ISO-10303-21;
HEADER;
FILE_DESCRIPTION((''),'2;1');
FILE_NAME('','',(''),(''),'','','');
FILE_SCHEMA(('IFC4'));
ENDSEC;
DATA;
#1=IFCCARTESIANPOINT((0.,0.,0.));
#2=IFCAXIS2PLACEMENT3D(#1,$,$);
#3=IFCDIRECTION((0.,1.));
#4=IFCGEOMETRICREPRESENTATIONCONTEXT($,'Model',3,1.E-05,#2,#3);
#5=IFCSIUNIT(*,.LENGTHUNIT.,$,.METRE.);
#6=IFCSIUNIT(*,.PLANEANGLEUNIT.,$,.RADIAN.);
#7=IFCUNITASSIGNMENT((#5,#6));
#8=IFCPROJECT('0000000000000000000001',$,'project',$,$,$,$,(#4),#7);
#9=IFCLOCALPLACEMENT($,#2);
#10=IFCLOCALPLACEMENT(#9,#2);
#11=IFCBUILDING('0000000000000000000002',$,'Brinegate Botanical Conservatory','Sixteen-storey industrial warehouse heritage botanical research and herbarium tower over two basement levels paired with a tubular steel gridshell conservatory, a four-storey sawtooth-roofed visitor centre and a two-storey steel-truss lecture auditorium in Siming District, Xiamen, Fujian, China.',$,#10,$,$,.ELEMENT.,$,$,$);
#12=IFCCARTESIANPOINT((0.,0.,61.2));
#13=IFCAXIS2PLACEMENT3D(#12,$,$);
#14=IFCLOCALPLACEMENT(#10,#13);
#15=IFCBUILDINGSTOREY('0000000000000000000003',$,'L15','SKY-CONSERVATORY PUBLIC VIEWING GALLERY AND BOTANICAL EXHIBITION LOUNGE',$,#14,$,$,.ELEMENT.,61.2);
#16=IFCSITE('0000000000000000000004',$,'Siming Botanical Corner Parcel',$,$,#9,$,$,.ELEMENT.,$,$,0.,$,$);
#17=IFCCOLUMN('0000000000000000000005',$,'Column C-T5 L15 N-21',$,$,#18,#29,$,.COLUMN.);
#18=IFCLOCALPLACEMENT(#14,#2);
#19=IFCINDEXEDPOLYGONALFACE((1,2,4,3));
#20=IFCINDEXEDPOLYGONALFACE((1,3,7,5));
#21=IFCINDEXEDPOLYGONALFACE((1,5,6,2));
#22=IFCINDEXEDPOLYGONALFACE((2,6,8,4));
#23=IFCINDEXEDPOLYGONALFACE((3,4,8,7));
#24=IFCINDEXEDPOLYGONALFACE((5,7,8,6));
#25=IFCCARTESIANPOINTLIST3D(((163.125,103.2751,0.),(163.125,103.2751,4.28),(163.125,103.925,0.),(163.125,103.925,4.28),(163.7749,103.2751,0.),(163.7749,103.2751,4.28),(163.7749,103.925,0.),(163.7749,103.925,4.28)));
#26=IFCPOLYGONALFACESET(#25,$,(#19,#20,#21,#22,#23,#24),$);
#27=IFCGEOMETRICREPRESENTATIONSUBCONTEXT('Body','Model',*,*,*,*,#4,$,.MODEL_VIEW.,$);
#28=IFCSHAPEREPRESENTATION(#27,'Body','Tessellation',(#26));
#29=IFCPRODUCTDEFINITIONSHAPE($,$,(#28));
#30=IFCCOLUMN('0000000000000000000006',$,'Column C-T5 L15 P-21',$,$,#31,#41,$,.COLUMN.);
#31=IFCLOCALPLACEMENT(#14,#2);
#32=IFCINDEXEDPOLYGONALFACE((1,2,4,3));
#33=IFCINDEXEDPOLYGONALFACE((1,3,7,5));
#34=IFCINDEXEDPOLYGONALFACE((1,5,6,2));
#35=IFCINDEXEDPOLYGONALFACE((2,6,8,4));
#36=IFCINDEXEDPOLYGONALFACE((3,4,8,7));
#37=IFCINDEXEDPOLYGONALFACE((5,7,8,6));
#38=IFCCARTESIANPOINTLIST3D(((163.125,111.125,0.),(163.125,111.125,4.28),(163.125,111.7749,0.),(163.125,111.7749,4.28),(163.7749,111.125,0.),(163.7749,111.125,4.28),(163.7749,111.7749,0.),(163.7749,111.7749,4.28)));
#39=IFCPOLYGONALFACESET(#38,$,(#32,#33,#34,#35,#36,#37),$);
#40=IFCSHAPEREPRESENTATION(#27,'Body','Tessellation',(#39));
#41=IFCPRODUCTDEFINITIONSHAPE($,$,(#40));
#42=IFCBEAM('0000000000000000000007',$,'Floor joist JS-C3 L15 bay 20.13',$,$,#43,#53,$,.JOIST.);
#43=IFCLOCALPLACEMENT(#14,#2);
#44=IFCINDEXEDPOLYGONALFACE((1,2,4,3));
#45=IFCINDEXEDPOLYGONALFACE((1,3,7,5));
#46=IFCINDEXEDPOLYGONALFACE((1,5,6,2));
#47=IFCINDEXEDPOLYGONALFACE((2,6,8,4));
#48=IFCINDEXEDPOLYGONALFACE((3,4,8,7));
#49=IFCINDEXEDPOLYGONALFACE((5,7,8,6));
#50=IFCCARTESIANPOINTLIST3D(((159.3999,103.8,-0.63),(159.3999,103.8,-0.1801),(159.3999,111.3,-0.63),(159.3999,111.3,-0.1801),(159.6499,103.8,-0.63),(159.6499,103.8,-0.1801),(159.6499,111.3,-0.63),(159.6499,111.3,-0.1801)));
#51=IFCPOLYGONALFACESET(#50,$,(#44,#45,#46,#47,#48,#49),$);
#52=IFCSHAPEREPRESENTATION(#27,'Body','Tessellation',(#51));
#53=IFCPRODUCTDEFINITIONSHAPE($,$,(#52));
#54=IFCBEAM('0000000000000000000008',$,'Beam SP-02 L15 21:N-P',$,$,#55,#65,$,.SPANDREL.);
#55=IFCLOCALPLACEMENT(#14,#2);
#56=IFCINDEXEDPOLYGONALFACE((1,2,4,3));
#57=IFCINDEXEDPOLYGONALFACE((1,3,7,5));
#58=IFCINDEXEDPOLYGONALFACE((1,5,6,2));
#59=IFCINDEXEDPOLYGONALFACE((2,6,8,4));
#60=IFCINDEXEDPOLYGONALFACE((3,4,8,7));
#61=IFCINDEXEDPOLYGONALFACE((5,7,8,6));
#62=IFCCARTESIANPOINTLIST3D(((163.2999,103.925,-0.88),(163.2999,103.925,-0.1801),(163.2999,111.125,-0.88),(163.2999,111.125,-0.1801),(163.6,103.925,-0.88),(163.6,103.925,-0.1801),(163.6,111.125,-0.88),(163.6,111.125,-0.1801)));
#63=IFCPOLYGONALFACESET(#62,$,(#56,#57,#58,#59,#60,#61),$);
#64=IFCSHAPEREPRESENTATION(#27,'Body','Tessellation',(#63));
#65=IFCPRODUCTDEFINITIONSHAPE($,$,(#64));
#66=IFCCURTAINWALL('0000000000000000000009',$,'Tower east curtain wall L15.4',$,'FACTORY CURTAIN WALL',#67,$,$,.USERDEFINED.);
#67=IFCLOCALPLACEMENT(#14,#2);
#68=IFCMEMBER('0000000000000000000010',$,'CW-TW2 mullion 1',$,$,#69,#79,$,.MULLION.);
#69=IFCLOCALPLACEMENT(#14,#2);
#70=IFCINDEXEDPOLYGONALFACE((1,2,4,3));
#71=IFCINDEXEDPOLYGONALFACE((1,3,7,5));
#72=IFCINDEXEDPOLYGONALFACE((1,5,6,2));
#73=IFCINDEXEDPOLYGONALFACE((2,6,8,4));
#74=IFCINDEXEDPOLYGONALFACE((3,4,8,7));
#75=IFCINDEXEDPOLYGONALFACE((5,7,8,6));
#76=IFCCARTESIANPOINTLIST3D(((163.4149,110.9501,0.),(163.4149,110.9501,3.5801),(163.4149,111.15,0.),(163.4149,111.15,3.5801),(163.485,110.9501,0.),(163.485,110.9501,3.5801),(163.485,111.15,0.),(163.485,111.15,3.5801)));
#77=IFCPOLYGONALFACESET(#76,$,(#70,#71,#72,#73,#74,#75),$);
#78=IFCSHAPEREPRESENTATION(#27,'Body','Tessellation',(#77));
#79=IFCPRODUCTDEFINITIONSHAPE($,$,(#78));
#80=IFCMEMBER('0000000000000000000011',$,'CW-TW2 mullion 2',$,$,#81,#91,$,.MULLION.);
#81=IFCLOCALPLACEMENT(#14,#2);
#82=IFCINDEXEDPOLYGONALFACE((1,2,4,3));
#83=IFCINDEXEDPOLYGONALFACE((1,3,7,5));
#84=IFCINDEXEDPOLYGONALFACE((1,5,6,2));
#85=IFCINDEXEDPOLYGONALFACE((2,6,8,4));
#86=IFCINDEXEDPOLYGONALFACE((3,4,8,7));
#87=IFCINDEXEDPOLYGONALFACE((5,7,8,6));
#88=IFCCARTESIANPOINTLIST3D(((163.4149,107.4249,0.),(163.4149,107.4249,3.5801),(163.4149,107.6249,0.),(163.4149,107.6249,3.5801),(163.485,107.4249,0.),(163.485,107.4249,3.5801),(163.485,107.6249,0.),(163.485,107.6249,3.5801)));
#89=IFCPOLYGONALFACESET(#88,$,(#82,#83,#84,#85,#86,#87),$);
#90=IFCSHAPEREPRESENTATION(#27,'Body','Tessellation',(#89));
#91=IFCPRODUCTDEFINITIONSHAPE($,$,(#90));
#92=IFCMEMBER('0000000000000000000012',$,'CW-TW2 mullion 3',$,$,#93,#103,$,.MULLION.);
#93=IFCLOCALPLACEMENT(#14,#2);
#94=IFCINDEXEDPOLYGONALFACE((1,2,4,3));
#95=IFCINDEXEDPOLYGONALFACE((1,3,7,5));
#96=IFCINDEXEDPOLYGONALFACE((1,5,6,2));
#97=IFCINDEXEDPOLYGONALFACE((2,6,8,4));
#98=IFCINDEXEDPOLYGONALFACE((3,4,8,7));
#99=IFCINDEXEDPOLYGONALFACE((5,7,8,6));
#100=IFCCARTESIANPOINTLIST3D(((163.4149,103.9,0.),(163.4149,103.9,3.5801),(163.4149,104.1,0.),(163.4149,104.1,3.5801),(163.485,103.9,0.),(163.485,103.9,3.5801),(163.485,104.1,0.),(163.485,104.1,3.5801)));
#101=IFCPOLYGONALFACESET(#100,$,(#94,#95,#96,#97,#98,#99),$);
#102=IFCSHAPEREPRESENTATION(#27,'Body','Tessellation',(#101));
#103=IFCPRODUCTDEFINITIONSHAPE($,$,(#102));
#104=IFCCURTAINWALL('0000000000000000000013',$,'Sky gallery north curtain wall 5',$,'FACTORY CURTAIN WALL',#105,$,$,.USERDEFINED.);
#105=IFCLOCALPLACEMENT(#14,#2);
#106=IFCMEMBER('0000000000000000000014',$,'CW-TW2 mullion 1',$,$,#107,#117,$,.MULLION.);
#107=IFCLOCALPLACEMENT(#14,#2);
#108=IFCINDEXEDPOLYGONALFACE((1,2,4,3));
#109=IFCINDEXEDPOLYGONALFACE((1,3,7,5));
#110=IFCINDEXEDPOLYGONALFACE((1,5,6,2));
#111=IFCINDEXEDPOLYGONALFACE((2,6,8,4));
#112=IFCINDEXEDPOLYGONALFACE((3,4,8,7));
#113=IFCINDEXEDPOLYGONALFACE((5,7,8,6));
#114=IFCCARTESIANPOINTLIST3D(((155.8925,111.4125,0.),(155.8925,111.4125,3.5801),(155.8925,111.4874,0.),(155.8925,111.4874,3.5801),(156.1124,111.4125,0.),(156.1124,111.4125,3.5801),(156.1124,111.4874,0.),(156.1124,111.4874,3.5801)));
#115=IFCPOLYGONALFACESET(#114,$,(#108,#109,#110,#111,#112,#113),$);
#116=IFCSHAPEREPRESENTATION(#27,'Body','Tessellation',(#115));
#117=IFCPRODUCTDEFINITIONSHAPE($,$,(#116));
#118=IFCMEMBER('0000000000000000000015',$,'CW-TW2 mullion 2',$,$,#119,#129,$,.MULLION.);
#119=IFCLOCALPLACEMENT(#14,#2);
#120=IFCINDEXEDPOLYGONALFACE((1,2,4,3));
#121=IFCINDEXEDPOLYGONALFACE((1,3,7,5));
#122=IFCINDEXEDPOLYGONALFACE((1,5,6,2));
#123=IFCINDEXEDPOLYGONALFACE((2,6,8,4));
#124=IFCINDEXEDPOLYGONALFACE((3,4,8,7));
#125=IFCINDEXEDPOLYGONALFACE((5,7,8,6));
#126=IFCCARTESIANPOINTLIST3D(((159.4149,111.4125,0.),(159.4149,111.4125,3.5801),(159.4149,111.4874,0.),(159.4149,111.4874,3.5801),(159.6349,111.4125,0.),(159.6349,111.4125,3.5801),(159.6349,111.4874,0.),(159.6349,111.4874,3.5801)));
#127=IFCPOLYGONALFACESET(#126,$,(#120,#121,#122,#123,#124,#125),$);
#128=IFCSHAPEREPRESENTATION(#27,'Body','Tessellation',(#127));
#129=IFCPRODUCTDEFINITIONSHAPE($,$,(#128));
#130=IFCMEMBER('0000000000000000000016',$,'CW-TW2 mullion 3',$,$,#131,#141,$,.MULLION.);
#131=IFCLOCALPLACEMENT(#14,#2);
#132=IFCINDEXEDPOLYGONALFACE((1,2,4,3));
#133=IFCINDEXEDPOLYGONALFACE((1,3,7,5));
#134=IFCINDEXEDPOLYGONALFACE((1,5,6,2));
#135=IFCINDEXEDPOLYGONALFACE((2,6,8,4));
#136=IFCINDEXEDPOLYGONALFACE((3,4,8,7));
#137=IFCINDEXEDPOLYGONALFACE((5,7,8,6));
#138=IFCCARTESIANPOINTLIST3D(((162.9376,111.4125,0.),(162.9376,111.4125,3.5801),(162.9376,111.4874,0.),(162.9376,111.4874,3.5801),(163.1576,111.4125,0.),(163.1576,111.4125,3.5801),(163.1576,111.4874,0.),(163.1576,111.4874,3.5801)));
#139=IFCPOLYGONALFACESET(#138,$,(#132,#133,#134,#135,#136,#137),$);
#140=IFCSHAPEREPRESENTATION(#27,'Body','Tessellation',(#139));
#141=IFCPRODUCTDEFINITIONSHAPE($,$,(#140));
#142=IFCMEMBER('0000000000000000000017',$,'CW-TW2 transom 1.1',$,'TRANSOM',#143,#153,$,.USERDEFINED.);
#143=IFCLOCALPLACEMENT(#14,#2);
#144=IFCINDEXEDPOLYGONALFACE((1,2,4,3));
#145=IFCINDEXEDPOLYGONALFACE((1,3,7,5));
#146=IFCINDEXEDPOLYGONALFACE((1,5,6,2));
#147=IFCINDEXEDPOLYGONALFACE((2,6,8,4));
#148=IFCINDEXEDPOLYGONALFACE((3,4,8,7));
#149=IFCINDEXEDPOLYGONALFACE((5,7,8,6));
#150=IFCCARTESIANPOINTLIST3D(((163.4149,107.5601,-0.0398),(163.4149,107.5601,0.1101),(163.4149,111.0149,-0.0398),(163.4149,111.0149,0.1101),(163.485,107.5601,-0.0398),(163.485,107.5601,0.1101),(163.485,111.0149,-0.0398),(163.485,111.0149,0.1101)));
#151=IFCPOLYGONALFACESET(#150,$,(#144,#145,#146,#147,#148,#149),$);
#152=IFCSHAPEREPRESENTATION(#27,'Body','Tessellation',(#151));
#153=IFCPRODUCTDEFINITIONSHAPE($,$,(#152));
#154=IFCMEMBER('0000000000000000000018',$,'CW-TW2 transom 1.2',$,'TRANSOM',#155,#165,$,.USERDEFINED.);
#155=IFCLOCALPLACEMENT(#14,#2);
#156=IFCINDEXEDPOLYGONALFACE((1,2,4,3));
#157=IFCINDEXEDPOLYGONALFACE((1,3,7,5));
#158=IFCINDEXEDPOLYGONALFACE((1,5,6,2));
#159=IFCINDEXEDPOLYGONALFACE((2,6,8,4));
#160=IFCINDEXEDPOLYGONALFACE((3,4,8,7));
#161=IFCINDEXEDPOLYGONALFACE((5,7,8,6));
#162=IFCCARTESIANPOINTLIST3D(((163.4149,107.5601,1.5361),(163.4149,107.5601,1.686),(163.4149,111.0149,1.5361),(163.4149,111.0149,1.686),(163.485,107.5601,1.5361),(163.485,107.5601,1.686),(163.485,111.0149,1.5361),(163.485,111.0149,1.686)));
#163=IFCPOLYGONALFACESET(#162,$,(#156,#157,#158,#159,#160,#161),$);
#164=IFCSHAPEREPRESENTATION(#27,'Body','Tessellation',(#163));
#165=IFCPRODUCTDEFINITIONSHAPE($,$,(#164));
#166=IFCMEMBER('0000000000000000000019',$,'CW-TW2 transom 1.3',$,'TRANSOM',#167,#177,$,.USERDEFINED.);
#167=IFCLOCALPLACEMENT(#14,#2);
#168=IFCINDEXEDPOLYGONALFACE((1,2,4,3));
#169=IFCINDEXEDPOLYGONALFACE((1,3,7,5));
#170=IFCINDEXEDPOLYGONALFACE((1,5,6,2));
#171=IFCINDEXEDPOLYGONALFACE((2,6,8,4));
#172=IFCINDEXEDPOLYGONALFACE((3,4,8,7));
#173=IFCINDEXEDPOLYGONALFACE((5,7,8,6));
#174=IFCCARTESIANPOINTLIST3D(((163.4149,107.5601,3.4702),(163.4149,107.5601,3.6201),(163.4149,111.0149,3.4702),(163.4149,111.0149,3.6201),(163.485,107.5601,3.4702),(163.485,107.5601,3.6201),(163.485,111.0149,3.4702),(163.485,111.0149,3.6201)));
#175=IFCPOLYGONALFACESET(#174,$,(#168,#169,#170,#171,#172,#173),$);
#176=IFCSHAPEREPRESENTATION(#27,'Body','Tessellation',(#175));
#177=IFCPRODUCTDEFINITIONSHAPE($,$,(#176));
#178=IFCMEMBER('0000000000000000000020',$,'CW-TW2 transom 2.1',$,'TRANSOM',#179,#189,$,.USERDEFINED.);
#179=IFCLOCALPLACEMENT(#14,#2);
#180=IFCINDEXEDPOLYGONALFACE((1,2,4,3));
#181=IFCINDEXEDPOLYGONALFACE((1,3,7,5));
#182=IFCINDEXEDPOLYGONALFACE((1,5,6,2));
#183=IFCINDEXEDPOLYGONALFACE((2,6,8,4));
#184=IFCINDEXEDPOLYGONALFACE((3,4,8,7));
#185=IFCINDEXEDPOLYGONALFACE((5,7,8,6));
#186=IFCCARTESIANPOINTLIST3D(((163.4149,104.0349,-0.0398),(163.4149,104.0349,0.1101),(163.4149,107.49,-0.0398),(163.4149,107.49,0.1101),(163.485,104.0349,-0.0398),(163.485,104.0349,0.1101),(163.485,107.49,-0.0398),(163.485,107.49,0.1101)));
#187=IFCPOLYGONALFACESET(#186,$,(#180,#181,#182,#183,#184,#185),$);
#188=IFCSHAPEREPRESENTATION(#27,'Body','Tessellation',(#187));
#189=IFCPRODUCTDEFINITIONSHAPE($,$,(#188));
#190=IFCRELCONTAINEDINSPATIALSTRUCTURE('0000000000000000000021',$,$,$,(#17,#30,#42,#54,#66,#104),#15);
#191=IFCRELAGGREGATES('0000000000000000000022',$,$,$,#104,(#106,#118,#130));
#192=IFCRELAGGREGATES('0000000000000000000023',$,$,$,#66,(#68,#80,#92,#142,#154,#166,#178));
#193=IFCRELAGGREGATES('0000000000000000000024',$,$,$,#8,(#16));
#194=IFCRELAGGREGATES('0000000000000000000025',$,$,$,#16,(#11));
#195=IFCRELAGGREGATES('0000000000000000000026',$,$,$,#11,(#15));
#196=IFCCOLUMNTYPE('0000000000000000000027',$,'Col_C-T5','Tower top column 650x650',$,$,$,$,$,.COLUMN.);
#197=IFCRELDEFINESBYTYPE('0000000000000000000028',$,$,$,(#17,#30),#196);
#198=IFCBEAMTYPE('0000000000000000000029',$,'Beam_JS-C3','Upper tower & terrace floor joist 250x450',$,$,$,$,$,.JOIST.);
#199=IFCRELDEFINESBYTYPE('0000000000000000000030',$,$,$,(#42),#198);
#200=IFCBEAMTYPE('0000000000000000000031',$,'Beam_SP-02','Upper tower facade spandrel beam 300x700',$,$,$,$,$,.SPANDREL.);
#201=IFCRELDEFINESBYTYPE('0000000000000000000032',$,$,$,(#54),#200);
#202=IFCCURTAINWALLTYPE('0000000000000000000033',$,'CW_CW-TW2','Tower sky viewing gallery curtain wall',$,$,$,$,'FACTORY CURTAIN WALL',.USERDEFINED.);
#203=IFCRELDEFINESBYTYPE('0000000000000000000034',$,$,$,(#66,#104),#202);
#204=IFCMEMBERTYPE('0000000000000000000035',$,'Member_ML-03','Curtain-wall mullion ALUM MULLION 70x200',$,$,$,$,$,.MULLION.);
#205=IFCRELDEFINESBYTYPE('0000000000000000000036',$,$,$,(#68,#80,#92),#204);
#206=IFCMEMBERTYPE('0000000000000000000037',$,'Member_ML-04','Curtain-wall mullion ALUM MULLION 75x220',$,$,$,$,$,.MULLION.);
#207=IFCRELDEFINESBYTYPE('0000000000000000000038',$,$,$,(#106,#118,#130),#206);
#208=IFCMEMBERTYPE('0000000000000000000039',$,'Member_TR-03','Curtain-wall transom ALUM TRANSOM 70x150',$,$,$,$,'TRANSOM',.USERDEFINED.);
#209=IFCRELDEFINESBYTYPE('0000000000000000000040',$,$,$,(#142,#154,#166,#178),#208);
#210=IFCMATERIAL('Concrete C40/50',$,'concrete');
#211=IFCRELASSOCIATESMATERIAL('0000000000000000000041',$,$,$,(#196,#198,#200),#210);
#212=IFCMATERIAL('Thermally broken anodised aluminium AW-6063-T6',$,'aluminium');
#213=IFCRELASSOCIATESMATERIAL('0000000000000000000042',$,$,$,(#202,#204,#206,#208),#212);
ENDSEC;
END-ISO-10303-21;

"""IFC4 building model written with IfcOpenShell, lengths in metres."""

from ifc_helpers import new_model, si_unit, direction, frame, origin, origin_2d, place, context, subcontext, project, spatial, rectangle, extrude, material, material_profile, profile_set, type_object, element, aggregate, save


model = new_model("IFC4")

# Units and contexts
model_context = context("Model", 3, precision=1e-05, world=origin(), true_north=direction((0.0, 1.0)))
body_context = subcontext(model_context, "Body", "Model", "MODEL_VIEW")
ifc_project = project(units=[si_unit("LENGTHUNIT", "METRE"), si_unit("PLANEANGLEUNIT", "RADIAN")], contexts=[model_context])

# Site, building, storey
site_placement = place(None, origin())
site = spatial("IfcSite", under=ifc_project, at=site_placement, Name="Siming Botanical Corner Parcel", CompositionType="ELEMENT", RefElevation=0.0)
building_placement = place(site_placement, origin())
building = spatial("IfcBuilding", under=site, at=building_placement, Name="Brinegate Botanical Conservatory", Description="Sixteen-storey industrial warehouse heritage botanical research and herbarium tower over two basement levels paired with a tubular steel gridshell conservatory, a four-storey sawtooth-roofed visitor centre and a two-storey steel-truss lecture auditorium in Siming District, Xiamen, Fujian, China.", CompositionType="ELEMENT")
storey_placement = place(building_placement, frame((0.0, 0.0, 61.2)))
storey = spatial("IfcBuildingStorey", under=building, at=storey_placement, Name="L15", Description="SKY-CONSERVATORY PUBLIC VIEWING GALLERY AND BOTANICAL EXHIBITION LOUNGE", CompositionType="ELEMENT", Elevation=61.2)

# Columns
ifc_material_1 = material(Name="Concrete C40/50", Category="concrete")
ifc_material_profile_1 = material_profile(ifc_material_1, rectangle(XDim=0.6499, YDim=0.6499, at=origin_2d()), Name="RC COL 650x650")
ifc_profile_set_1 = profile_set([ifc_material_profile_1], Name="Concrete C40/50")
column_type = type_object("IfcColumnType", Name="Col_C-T5", Description="Tower top column 650x650", PredefinedType="COLUMN", material=ifc_profile_set_1)
for number, where, z_axis, x_axis, name in (
    (1, (163.45, 103.6001, 0.0), (0.0, 0.0, 1.0), (1.0, 0.0, 0.0), "Column C-T5 L15 N-21"),
    (2, (163.45, 111.45, 0.0), (0.0, 0.0, 1.0), (1.0, 0.0, 0.0), "Column C-T5 L15 P-21"),
):
    element("IfcColumn", number, at=place(storey_placement, frame(where, z_axis=z_axis, x_axis=x_axis)), inside=storey, type_object=column_type, Name=name, PredefinedType="COLUMN", context=body_context, shape_type="SweptSolid", body=[
        extrude(rectangle(XDim=0.6499, YDim=0.6499, at=origin_2d()), origin(), (0.0, 0.0, 1.0), 4.28),
    ])

# Beams
ifc_material_profile_2 = material_profile(ifc_material_1, rectangle(XDim=0.25, YDim=0.45, at=origin_2d()), Name="RC JST 250x450")
ifc_profile_set_2 = profile_set([ifc_material_profile_2], Name="Concrete C40/50")
beam_type_1 = type_object("IfcBeamType", Name="Beam_JS-C3", Description="Upper tower & terrace floor joist 250x450", PredefinedType="JOIST", material=ifc_profile_set_2)
beam_1_placement = place(storey_placement, frame((159.5249, 103.8, -0.405), z_axis=(0.0, 1.0, 0.0), x_axis=(-1.0, 0.0, 0.0)))
element("IfcBeam", 3, at=beam_1_placement, inside=storey, type_object=beam_type_1, Name="Floor joist JS-C3 L15 bay 20.13", PredefinedType="JOIST", context=body_context, shape_type="SweptSolid", body=[
    extrude(rectangle(XDim=0.25, YDim=0.45, at=origin_2d()), origin(), (0.0, 0.0, 1.0), 7.5),
])
ifc_material_profile_3 = material_profile(ifc_material_1, rectangle(XDim=0.3, YDim=0.7, at=origin_2d()), Name="RC SPN 300x700")
ifc_profile_set_3 = profile_set([ifc_material_profile_3], Name="Concrete C40/50")
beam_type_2 = type_object("IfcBeamType", Name="Beam_SP-02", Description="Upper tower facade spandrel beam 300x700", PredefinedType="SPANDREL", material=ifc_profile_set_3)
beam_2_placement = place(storey_placement, frame((163.45, 103.925, -0.53), z_axis=(0.0, 1.0, 0.0), x_axis=(-1.0, 0.0, 0.0)))
element("IfcBeam", 4, at=beam_2_placement, inside=storey, type_object=beam_type_2, Name="Beam SP-02 L15 21:N-P", PredefinedType="SPANDREL", context=body_context, shape_type="SweptSolid", body=[
    extrude(rectangle(XDim=0.3, YDim=0.7, at=origin_2d()), origin(), (0.0, 0.0, 1.0), 7.2),
])

# Curtain walls, members
ifc_material_2 = material(Name="Thermally broken anodised aluminium AW-6063-T6", Category="aluminium")
curtain_wall_type = type_object("IfcCurtainWallType", Name="CW_CW-TW2", Description="Tower sky viewing gallery curtain wall", ElementType="FACTORY CURTAIN WALL", PredefinedType="USERDEFINED", material=ifc_material_2)
curtain_wall_1_placement = place(storey_placement, origin())
curtain_wall_1 = element("IfcCurtainWall", 5, at=curtain_wall_1_placement, inside=storey, type_object=curtain_wall_type, Name="Tower east curtain wall L15.4", ObjectType="FACTORY CURTAIN WALL", PredefinedType="USERDEFINED")
ifc_material_profile_4 = material_profile(ifc_material_2, rectangle(XDim=0.0701, YDim=0.2, at=origin_2d()), Name="ALUM MULLION 70x200")
ifc_profile_set_4 = profile_set([ifc_material_profile_4], Name="Thermally broken anodised aluminium AW-6063-T6")
member_type_1 = type_object("IfcMemberType", Name="Member_ML-03", Description="Curtain-wall mullion ALUM MULLION 70x200", PredefinedType="MULLION", material=ifc_profile_set_4)
member_1_placement = place(storey_placement, frame((163.45, 111.05, 0.0), z_axis=(0.0, 0.0, 1.0), x_axis=(1.0, 0.0, 0.0)))
member_1 = element("IfcMember", 6, at=member_1_placement, type_object=member_type_1, Name="CW-TW2 mullion 1", PredefinedType="MULLION", context=body_context, shape_type="SweptSolid", body=[
    extrude(rectangle(XDim=0.0701, YDim=0.2, at=origin_2d()), origin(), (0.0, 0.0, 1.0), 3.5801),
])
member_2_placement = place(storey_placement, frame((163.45, 107.5249, 0.0), z_axis=(0.0, 0.0, 1.0), x_axis=(1.0, 0.0, 0.0)))
member_2 = element("IfcMember", 7, at=member_2_placement, type_object=member_type_1, Name="CW-TW2 mullion 2", PredefinedType="MULLION", context=body_context, shape_type="SweptSolid", body=[
    extrude(rectangle(XDim=0.0701, YDim=0.2, at=origin_2d()), origin(), (0.0, 0.0, 1.0), 3.5801),
])
member_3_placement = place(storey_placement, frame((163.45, 104.0, 0.0), z_axis=(0.0, 0.0, 1.0), x_axis=(1.0, 0.0, 0.0)))
member_3 = element("IfcMember", 8, at=member_3_placement, type_object=member_type_1, Name="CW-TW2 mullion 3", PredefinedType="MULLION", context=body_context, shape_type="SweptSolid", body=[
    extrude(rectangle(XDim=0.0701, YDim=0.2, at=origin_2d()), origin(), (0.0, 0.0, 1.0), 3.5801),
])
curtain_wall_2_placement = place(storey_placement, origin())
curtain_wall_2 = element("IfcCurtainWall", 9, at=curtain_wall_2_placement, inside=storey, type_object=curtain_wall_type, Name="Sky gallery north curtain wall 5", ObjectType="FACTORY CURTAIN WALL", PredefinedType="USERDEFINED")
ifc_material_profile_5 = material_profile(ifc_material_2, rectangle(XDim=0.075, YDim=0.22, at=origin_2d()), Name="ALUM MULLION 75x220")
ifc_profile_set_5 = profile_set([ifc_material_profile_5], Name="Thermally broken anodised aluminium AW-6063-T6")
member_type_2 = type_object("IfcMemberType", Name="Member_ML-04", Description="Curtain-wall mullion ALUM MULLION 75x220", PredefinedType="MULLION", material=ifc_profile_set_5)
member_4_placement = place(storey_placement, frame((156.0024, 111.45, 0.0), z_axis=(0.0, 0.0, 1.0), x_axis=(0.0, 1.0, 0.0)))
member_4 = element("IfcMember", 10, at=member_4_placement, type_object=member_type_2, Name="CW-TW2 mullion 1", PredefinedType="MULLION", context=body_context, shape_type="SweptSolid", body=[
    extrude(rectangle(XDim=0.075, YDim=0.22, at=origin_2d()), origin(), (0.0, 0.0, 1.0), 3.5801),
])
member_5_placement = place(storey_placement, frame((159.5249, 111.45, 0.0), z_axis=(0.0, 0.0, 1.0), x_axis=(0.0, 1.0, 0.0)))
member_5 = element("IfcMember", 11, at=member_5_placement, type_object=member_type_2, Name="CW-TW2 mullion 2", PredefinedType="MULLION", context=body_context, shape_type="SweptSolid", body=[
    extrude(rectangle(XDim=0.075, YDim=0.22, at=origin_2d()), origin(), (0.0, 0.0, 1.0), 3.5801),
])
member_6_placement = place(storey_placement, frame((163.0476, 111.45, 0.0), z_axis=(0.0, 0.0, 1.0), x_axis=(0.0, 1.0, 0.0)))
member_6 = element("IfcMember", 12, at=member_6_placement, type_object=member_type_2, Name="CW-TW2 mullion 3", PredefinedType="MULLION", context=body_context, shape_type="SweptSolid", body=[
    extrude(rectangle(XDim=0.075, YDim=0.22, at=origin_2d()), origin(), (0.0, 0.0, 1.0), 3.5801),
])

# Members
ifc_material_profile_6 = material_profile(ifc_material_2, rectangle(XDim=0.0701, YDim=0.1499, at=origin_2d()), Name="ALUM TRANSOM 70x150")
ifc_profile_set_6 = profile_set([ifc_material_profile_6], Name="Thermally broken anodised aluminium AW-6063-T6")
member_type_3 = type_object("IfcMemberType", Name="Member_TR-03", Description="Curtain-wall transom ALUM TRANSOM 70x150", ElementType="TRANSOM", PredefinedType="USERDEFINED", material=ifc_profile_set_6)
member_7_placement = place(storey_placement, frame((163.45, 111.0149, 0.0352), z_axis=(0.0, -1.0, 0.0), x_axis=(1.0, 0.0, 0.0)))
member_7 = element("IfcMember", 13, at=member_7_placement, type_object=member_type_3, Name="CW-TW2 transom 1.1", ObjectType="TRANSOM", PredefinedType="USERDEFINED", context=body_context, shape_type="SweptSolid", body=[
    extrude(rectangle(XDim=0.0701, YDim=0.1499, at=origin_2d()), origin(), (0.0, 0.0, 1.0), 3.4548),
])
member_8_placement = place(storey_placement, frame((163.45, 111.0149, 1.6111), z_axis=(0.0, -1.0, 0.0), x_axis=(1.0, 0.0, 0.0)))
member_8 = element("IfcMember", 14, at=member_8_placement, type_object=member_type_3, Name="CW-TW2 transom 1.2", ObjectType="TRANSOM", PredefinedType="USERDEFINED", context=body_context, shape_type="SweptSolid", body=[
    extrude(rectangle(XDim=0.0701, YDim=0.1499, at=origin_2d()), origin(), (0.0, 0.0, 1.0), 3.4548),
])
member_9_placement = place(storey_placement, frame((163.45, 111.0149, 3.5452), z_axis=(0.0, -1.0, 0.0), x_axis=(1.0, 0.0, 0.0)))
member_9 = element("IfcMember", 15, at=member_9_placement, type_object=member_type_3, Name="CW-TW2 transom 1.3", ObjectType="TRANSOM", PredefinedType="USERDEFINED", context=body_context, shape_type="SweptSolid", body=[
    extrude(rectangle(XDim=0.0701, YDim=0.1499, at=origin_2d()), origin(), (0.0, 0.0, 1.0), 3.4548),
])
member_10_placement = place(storey_placement, frame((163.45, 107.49, 0.0352), z_axis=(0.0, -1.0, 0.0), x_axis=(1.0, 0.0, 0.0)))
member_10 = element("IfcMember", 16, at=member_10_placement, type_object=member_type_3, Name="CW-TW2 transom 2.1", ObjectType="TRANSOM", PredefinedType="USERDEFINED", context=body_context, shape_type="SweptSolid", body=[
    extrude(rectangle(XDim=0.0701, YDim=0.1499, at=origin_2d()), origin(), (0.0, 0.0, 1.0), 3.4551),
])

aggregate(curtain_wall_2, [member_4, member_5, member_6])
aggregate(curtain_wall_1, [member_1, member_2, member_3, member_7, member_8, member_9, member_10])

save(model, "model.ifc")
